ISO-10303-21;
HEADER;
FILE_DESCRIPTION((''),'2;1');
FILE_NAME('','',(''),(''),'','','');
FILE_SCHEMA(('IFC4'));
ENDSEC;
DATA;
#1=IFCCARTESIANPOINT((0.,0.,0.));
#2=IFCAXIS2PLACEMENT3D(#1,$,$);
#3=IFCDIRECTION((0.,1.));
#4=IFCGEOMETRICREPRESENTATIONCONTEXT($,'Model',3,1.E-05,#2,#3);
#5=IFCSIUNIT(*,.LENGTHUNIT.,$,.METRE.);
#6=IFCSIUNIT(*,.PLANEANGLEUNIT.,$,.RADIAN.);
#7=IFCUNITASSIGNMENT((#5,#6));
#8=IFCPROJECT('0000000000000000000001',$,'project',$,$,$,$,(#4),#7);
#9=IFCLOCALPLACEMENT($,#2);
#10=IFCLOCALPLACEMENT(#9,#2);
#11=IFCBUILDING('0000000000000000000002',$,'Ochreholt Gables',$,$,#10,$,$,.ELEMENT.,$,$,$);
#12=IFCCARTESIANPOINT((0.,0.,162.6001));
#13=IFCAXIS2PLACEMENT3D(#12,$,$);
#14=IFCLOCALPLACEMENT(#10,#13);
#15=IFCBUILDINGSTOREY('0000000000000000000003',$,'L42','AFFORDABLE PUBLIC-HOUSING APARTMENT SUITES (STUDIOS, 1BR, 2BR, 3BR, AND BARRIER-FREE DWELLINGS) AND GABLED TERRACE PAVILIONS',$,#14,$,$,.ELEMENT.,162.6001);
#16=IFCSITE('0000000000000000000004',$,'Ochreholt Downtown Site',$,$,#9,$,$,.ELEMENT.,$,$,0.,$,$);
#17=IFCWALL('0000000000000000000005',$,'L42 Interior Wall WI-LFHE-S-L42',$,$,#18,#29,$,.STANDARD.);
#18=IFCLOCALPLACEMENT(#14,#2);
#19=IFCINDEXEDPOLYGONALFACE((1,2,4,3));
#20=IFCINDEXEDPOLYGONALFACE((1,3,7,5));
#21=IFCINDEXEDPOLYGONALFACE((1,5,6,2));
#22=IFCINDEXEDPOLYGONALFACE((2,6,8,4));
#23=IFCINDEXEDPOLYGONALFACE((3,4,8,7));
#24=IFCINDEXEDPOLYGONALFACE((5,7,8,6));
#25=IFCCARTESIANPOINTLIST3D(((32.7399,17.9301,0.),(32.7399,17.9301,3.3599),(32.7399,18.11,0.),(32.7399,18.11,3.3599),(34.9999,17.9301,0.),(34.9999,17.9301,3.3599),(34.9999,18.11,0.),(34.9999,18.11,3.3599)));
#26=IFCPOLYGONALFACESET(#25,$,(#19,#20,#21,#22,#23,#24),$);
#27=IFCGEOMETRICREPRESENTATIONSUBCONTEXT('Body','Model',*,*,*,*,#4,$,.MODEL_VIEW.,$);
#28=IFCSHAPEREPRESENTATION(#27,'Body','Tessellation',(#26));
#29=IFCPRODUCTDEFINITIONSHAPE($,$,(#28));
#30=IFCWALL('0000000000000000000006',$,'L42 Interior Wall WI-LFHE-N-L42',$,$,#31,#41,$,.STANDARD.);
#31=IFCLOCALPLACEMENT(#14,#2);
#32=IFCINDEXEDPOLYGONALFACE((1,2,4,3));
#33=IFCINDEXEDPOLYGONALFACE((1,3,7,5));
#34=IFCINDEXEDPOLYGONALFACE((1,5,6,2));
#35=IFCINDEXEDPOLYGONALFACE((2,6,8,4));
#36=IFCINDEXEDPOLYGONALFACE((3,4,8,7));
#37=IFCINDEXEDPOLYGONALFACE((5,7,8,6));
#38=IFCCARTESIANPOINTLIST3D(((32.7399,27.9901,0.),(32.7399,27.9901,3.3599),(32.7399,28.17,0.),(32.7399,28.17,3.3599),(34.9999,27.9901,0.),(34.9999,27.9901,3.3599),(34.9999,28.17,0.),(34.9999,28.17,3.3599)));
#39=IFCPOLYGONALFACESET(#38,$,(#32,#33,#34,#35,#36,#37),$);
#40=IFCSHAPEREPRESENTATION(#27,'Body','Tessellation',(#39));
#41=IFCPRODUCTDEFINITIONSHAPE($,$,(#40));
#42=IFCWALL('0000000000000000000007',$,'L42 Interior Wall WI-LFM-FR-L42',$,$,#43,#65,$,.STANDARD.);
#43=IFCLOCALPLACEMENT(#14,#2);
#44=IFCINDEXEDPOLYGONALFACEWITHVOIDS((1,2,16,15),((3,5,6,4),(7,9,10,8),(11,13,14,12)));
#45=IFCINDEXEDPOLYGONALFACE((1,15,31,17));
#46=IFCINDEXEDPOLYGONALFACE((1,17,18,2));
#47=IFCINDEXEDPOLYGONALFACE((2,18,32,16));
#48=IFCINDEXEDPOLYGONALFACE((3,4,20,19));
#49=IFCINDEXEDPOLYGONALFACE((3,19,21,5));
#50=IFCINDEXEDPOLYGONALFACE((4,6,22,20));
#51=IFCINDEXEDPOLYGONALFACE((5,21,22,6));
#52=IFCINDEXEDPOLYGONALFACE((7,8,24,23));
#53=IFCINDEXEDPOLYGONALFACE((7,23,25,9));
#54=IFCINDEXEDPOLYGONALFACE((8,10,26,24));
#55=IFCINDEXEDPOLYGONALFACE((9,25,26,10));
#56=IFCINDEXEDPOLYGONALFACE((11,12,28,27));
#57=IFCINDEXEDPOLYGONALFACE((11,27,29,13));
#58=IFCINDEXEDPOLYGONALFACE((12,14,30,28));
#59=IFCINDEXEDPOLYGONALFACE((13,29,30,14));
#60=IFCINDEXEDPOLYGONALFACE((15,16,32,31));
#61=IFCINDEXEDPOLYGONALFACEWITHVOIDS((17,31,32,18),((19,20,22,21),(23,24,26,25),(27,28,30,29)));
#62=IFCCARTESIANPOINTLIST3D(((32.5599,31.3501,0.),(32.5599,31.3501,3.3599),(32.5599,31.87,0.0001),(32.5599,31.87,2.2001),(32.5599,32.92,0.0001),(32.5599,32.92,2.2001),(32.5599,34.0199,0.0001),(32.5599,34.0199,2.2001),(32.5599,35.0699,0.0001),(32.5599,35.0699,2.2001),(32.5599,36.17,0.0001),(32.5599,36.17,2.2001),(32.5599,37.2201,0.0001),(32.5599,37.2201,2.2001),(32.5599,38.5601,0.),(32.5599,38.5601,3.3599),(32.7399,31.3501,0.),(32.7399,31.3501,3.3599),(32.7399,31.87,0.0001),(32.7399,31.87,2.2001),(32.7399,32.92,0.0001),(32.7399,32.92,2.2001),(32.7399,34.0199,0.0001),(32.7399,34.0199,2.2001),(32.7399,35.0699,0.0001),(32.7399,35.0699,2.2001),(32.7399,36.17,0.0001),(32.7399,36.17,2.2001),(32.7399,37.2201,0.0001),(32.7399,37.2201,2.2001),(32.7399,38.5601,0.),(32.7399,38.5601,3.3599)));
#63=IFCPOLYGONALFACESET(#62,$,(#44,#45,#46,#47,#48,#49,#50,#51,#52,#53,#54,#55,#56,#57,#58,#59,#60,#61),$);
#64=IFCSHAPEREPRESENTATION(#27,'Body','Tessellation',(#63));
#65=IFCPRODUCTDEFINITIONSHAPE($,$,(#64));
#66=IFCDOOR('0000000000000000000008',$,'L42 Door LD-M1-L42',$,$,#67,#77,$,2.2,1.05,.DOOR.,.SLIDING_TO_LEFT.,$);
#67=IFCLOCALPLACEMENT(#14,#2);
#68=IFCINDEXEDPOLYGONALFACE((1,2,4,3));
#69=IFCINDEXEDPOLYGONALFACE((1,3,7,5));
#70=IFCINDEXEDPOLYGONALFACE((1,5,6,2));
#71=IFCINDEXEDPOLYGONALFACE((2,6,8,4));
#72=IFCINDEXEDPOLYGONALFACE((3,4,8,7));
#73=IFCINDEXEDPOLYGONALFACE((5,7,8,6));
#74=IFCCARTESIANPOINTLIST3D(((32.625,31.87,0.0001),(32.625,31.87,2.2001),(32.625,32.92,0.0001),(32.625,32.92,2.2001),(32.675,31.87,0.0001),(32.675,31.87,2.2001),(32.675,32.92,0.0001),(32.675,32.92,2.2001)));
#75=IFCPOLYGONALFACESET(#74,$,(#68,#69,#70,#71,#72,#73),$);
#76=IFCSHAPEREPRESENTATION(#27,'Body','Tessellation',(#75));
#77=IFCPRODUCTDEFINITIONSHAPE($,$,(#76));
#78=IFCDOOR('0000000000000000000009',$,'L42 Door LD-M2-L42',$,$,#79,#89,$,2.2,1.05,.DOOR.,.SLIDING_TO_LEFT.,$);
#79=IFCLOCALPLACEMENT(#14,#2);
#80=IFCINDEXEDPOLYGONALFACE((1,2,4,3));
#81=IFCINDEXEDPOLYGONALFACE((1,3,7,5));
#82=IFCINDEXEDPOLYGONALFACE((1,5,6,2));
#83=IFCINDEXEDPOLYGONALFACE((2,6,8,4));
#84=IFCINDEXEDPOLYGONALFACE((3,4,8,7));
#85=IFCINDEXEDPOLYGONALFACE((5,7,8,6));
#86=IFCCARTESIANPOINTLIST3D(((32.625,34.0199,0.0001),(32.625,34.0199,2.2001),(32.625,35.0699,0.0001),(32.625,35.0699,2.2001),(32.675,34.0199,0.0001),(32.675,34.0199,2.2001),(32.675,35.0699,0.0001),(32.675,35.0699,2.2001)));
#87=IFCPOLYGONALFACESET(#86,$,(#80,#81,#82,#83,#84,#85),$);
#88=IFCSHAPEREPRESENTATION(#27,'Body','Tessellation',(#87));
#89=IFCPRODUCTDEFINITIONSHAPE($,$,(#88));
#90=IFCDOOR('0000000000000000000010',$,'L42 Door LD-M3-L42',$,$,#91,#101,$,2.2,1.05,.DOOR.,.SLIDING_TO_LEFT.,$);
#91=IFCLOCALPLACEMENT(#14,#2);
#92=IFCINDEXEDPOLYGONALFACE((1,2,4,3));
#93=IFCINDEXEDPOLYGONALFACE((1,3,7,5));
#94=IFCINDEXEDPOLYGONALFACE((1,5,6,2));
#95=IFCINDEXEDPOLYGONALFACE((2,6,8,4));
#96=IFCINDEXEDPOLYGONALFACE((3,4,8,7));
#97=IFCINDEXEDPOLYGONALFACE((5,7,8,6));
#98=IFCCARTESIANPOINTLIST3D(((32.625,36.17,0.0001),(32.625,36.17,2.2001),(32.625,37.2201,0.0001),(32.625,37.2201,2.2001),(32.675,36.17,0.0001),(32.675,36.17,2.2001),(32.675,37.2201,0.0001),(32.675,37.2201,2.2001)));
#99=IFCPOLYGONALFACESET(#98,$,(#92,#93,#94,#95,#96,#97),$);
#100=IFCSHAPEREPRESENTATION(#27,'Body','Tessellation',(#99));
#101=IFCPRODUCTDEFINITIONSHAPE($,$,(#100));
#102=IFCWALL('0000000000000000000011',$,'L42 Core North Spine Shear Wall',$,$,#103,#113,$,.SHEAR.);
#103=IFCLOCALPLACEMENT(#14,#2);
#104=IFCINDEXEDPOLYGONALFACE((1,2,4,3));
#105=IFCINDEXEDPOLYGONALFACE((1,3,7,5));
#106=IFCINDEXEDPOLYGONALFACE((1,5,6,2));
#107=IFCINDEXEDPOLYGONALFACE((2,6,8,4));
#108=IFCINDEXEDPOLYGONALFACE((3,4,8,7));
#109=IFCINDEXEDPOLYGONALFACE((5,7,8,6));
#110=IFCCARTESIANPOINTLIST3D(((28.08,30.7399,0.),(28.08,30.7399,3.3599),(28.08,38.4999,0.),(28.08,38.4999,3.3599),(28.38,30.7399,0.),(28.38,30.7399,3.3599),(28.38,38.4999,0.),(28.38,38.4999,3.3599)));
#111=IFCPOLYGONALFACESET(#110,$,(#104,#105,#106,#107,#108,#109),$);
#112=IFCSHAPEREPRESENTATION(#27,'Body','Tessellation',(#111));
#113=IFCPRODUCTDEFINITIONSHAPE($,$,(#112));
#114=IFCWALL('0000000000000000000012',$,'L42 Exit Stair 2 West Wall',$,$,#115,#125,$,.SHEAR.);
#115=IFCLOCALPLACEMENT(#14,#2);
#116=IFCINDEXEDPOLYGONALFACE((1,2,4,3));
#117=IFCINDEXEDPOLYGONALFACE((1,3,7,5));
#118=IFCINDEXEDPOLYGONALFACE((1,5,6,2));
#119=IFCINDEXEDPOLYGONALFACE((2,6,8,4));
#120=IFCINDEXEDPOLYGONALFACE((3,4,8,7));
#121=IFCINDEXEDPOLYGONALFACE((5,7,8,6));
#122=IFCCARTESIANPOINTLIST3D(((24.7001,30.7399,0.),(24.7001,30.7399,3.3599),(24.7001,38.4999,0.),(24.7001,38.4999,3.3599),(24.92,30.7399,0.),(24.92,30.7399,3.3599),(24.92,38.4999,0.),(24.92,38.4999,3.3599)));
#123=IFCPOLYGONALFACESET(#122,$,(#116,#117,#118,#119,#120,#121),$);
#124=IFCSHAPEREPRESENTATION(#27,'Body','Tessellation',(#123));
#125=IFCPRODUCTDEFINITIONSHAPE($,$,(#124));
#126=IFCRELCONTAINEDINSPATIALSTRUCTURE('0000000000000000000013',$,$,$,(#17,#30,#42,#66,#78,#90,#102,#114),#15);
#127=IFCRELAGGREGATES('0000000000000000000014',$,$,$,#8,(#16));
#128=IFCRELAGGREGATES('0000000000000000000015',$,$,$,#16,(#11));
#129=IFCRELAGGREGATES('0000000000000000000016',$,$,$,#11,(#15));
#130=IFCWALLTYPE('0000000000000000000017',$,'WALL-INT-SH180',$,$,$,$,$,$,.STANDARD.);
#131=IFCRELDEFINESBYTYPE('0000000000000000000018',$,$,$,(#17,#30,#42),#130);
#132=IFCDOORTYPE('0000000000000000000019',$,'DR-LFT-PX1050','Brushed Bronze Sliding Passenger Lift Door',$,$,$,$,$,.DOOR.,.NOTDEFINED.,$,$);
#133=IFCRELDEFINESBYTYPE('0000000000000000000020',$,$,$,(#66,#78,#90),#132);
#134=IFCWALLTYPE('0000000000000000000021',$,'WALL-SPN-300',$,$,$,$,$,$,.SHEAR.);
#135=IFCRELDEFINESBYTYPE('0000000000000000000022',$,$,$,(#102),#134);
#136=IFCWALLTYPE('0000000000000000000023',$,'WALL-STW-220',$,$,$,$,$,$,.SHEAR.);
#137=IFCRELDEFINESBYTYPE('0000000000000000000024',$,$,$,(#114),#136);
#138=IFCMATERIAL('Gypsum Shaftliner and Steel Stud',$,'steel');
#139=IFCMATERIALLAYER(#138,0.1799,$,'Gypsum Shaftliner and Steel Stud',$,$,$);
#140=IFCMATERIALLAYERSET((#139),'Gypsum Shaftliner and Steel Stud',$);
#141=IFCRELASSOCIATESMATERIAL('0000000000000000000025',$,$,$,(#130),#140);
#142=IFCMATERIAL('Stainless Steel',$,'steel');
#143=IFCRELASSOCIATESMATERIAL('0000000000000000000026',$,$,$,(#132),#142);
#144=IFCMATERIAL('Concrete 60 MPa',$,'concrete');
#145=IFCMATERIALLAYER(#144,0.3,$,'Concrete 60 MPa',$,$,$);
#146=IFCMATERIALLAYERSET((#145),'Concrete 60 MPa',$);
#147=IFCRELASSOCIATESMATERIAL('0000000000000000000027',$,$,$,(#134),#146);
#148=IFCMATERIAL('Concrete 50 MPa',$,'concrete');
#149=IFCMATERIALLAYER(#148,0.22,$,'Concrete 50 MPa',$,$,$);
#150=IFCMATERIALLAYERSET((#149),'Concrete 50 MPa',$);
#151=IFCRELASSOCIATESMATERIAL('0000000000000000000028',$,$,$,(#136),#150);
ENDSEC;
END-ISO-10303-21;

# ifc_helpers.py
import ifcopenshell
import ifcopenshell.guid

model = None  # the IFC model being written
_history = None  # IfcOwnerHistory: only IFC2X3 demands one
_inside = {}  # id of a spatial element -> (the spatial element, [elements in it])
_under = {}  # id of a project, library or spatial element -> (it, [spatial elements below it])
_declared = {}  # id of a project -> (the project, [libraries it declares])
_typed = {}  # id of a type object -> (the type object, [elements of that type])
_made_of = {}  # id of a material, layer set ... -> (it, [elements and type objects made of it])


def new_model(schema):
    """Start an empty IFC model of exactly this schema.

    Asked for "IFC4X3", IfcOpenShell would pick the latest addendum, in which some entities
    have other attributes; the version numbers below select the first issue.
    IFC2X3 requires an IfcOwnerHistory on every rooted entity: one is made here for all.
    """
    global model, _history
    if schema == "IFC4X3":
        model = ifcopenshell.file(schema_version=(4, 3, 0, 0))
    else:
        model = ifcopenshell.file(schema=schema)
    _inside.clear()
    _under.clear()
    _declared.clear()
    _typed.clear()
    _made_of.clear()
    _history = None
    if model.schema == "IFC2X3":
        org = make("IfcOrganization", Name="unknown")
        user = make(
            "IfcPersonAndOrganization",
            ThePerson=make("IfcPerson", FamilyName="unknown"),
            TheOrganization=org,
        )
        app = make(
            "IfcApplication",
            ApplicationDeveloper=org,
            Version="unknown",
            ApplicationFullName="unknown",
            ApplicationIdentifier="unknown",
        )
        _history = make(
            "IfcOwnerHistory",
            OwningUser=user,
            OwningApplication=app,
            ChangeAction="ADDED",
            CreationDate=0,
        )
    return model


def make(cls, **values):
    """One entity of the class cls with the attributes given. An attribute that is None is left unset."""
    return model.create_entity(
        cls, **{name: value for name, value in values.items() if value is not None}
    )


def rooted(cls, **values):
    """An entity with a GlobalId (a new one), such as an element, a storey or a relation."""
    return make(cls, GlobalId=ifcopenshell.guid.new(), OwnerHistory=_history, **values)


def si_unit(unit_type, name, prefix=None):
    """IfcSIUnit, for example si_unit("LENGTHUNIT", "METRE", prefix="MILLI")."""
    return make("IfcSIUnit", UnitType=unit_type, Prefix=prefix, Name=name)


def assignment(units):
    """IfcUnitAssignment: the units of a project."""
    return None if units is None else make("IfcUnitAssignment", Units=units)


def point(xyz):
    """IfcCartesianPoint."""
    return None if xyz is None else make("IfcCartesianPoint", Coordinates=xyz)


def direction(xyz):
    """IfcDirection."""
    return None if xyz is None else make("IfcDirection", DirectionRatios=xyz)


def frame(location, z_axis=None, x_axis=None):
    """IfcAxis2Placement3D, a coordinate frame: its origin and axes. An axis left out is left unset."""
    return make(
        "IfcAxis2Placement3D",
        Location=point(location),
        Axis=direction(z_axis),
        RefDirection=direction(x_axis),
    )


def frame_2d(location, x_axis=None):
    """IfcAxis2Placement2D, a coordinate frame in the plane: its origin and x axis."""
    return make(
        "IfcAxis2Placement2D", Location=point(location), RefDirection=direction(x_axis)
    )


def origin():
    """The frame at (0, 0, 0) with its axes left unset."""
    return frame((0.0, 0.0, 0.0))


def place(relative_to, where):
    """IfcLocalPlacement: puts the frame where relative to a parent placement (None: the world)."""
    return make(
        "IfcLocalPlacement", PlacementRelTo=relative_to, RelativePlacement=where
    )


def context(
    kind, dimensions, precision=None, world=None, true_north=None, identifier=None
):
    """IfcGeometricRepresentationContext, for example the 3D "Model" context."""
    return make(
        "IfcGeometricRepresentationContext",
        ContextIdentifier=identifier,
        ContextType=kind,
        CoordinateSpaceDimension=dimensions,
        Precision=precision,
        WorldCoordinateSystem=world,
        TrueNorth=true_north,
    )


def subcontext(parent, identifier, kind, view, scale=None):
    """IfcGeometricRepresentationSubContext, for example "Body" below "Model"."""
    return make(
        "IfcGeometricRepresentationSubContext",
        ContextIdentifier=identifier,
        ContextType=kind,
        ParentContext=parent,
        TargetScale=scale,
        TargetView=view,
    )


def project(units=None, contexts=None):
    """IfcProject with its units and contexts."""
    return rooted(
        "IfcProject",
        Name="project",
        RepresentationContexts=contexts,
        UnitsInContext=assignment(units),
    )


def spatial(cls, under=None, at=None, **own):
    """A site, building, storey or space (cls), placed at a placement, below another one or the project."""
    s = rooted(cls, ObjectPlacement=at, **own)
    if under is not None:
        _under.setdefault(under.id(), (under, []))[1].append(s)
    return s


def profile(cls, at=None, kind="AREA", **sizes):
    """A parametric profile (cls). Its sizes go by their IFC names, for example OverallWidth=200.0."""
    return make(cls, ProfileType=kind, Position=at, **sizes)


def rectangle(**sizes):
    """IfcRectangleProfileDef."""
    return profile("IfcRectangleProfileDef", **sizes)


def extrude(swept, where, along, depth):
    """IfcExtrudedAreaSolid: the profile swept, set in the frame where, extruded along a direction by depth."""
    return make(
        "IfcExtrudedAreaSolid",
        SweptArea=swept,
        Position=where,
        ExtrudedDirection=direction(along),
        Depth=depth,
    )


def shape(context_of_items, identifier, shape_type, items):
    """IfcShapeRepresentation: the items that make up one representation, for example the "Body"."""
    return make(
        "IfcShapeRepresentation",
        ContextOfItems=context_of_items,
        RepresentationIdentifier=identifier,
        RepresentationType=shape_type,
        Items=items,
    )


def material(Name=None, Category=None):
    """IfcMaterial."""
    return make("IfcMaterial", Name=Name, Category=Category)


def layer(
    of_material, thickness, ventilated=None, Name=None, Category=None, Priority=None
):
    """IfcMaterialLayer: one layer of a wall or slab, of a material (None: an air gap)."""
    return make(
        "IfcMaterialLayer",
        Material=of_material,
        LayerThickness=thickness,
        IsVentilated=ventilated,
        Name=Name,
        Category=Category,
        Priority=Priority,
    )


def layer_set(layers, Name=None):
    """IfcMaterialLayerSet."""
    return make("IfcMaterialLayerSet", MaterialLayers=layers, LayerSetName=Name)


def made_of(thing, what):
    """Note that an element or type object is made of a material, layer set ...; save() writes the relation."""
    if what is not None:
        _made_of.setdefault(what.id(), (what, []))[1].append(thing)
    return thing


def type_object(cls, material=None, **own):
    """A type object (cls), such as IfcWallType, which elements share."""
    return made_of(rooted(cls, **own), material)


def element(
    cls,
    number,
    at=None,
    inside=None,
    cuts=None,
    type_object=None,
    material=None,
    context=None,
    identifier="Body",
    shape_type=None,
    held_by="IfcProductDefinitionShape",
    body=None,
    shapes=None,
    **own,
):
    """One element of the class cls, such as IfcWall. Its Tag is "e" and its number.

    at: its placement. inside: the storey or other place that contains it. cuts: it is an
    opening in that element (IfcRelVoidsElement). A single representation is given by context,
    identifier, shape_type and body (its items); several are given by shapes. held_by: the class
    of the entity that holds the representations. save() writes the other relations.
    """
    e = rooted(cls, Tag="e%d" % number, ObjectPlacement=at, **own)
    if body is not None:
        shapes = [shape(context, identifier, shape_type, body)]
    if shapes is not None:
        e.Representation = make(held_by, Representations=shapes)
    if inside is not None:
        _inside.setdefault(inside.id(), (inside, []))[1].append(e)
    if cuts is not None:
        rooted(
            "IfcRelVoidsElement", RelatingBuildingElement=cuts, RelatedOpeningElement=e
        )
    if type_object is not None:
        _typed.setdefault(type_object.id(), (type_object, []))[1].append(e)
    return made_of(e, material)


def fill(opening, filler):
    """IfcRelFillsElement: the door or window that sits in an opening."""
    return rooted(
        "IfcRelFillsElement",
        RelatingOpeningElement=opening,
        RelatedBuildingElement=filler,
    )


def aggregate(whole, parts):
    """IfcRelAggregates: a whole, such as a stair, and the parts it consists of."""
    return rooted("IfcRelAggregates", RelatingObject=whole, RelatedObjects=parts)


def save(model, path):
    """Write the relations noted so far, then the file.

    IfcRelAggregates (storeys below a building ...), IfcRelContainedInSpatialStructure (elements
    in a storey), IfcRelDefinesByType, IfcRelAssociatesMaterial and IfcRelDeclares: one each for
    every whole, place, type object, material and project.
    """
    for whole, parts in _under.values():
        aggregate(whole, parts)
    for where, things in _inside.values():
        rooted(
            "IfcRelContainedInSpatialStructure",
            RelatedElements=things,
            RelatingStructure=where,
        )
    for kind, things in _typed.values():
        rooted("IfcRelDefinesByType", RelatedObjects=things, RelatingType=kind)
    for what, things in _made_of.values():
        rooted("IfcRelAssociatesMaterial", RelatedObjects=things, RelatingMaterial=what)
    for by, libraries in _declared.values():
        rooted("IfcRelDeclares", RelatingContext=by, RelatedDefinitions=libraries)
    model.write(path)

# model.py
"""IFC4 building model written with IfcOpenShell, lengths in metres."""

from ifc_helpers import new_model, si_unit, direction, frame, frame_2d, origin, place, context, subcontext, project, spatial, rectangle, extrude, material, layer, layer_set, type_object, element, fill, save


model = new_model("IFC4")

# Units and contexts
model_context = context("Model", 3, precision=1e-05, world=origin(), true_north=direction((0.0, 1.0)))
body_context = subcontext(model_context, "Body", "Model", "MODEL_VIEW")
ifc_project = project(units=[si_unit("LENGTHUNIT", "METRE"), si_unit("PLANEANGLEUNIT", "RADIAN")], contexts=[model_context])

# Site, building, storey
site_placement = place(None, origin())
site = spatial("IfcSite", under=ifc_project, at=site_placement, Name="Ochreholt Downtown Site", CompositionType="ELEMENT", RefElevation=0.0)
building_placement = place(site_placement, origin())
building = spatial("IfcBuilding", under=site, at=building_placement, Name="Ochreholt Gables", CompositionType="ELEMENT")
storey_placement = place(building_placement, frame((0.0, 0.0, 162.6001)))
storey = spatial("IfcBuildingStorey", under=building, at=storey_placement, Name="L42", Description="AFFORDABLE PUBLIC-HOUSING APARTMENT SUITES (STUDIOS, 1BR, 2BR, 3BR, AND BARRIER-FREE DWELLINGS) AND GABLED TERRACE PAVILIONS", CompositionType="ELEMENT", Elevation=162.6001)

# Walls
ifc_material_1 = material(Name="Gypsum Shaftliner and Steel Stud", Category="steel")
ifc_layer_1 = layer(ifc_material_1, 0.1799, Name="Gypsum Shaftliner and Steel Stud")
ifc_layer_set_1 = layer_set([ifc_layer_1], Name="Gypsum Shaftliner and Steel Stud")
wall_type_1 = type_object("IfcWallType", Name="WALL-INT-SH180", PredefinedType="STANDARD", material=ifc_layer_set_1)
for number, where, z_axis, x_axis, name in (
    (1, (32.74, 18.02, 0.0), (0.0, 0.0, 1.0), (1.0, 0.0, 0.0), "L42 Interior Wall WI-LFHE-S-L42"),
    (2, (32.74, 28.0801, 0.0), (0.0, 0.0, 1.0), (1.0, 0.0, 0.0), "L42 Interior Wall WI-LFHE-N-L42"),
):
    element("IfcWall", number, at=place(storey_placement, frame(where, z_axis=z_axis, x_axis=x_axis)), inside=storey, type_object=wall_type_1, Name=name, PredefinedType="STANDARD", context=body_context, shape_type="SweptSolid", body=[
        extrude(rectangle(XDim=2.26, YDim=0.1799, at=frame_2d((1.1299, 0.0))), origin(), (0.0, 0.0, 1.0), 3.3599),
    ])

# Wall, openings, doors
wall_1_placement = place(storey_placement, frame((32.6499, 31.3501, 0.0), z_axis=(0.0, 0.0, 1.0), x_axis=(0.0, 1.0, 0.0)))
wall_1 = element("IfcWall", 3, at=wall_1_placement, inside=storey, type_object=wall_type_1, Name="L42 Interior Wall WI-LFM-FR-L42", PredefinedType="STANDARD", context=body_context, shape_type="SweptSolid", body=[
    extrude(rectangle(XDim=7.21, YDim=0.1799, at=frame_2d((3.605, 0.0))), origin(), (0.0, 0.0, 1.0), 3.3599),
])
opening_1_placement = place(wall_1_placement, frame((0.52, 0.0, 0.0)))
opening_1 = element("IfcOpeningElement", 4, at=opening_1_placement, cuts=wall_1, PredefinedType="OPENING", context=body_context, shape_type="SweptSolid", body=[
    extrude(rectangle(XDim=1.05, YDim=2.2, at=frame_2d((0.5249, 1.1001))), frame((0.0, 0.0999, 0.0), z_axis=(0.0, -1.0, 0.0), x_axis=(1.0, 0.0, 0.0)), (0.0, 0.0, 1.0), 0.2),
])
opening_2_placement = place(wall_1_placement, frame((2.6699, 0.0, 0.0)))
opening_2 = element("IfcOpeningElement", 5, at=opening_2_placement, cuts=wall_1, PredefinedType="OPENING", context=body_context, shape_type="SweptSolid", body=[
    extrude(rectangle(XDim=1.05, YDim=2.2, at=frame_2d((0.5249, 1.1001))), frame((0.0, 0.0999, 0.0), z_axis=(0.0, -1.0, 0.0), x_axis=(1.0, 0.0, 0.0)), (0.0, 0.0, 1.0), 0.2),
])
opening_3_placement = place(wall_1_placement, frame((4.8201, 0.0, 0.0)))
opening_3 = element("IfcOpeningElement", 6, at=opening_3_placement, cuts=wall_1, PredefinedType="OPENING", context=body_context, shape_type="SweptSolid", body=[
    extrude(rectangle(XDim=1.05, YDim=2.2, at=frame_2d((0.5249, 1.1001))), frame((0.0, 0.0999, 0.0), z_axis=(0.0, -1.0, 0.0), x_axis=(1.0, 0.0, 0.0)), (0.0, 0.0, 1.0), 0.2),
])
ifc_material_2 = material(Name="Stainless Steel", Category="steel")
door_type_1 = type_object("IfcDoorType", Name="DR-LFT-PX1050", Description="Brushed Bronze Sliding Passenger Lift Door", OperationType="NOTDEFINED", PredefinedType="DOOR", material=ifc_material_2)
door_1_placement = place(opening_1_placement, origin())
door_1 = element("IfcDoor", 7, at=door_1_placement, inside=storey, type_object=door_type_1, Name="L42 Door LD-M1-L42", OperationType="SLIDING_TO_LEFT", OverallHeight=2.2, OverallWidth=1.05, PredefinedType="DOOR", context=body_context, shape_type="SweptSolid", body=[
    extrude(rectangle(XDim=1.05, YDim=2.2, at=frame_2d((0.5249, 1.1001))), frame((0.0, 0.0249, 0.0), z_axis=(0.0, -1.0, 0.0), x_axis=(1.0, 0.0, 0.0)), (0.0, 0.0, 1.0), 0.05),
])
fill(opening_1, door_1)
door_2_placement = place(opening_2_placement, origin())
door_2 = element("IfcDoor", 8, at=door_2_placement, inside=storey, type_object=door_type_1, Name="L42 Door LD-M2-L42", OperationType="SLIDING_TO_LEFT", OverallHeight=2.2, OverallWidth=1.05, PredefinedType="DOOR", context=body_context, shape_type="SweptSolid", body=[
    extrude(rectangle(XDim=1.05, YDim=2.2, at=frame_2d((0.5249, 1.1001))), frame((0.0, 0.0249, 0.0), z_axis=(0.0, -1.0, 0.0), x_axis=(1.0, 0.0, 0.0)), (0.0, 0.0, 1.0), 0.05),
])
fill(opening_2, door_2)
door_3_placement = place(opening_3_placement, origin())
door_3 = element("IfcDoor", 9, at=door_3_placement, inside=storey, type_object=door_type_1, Name="L42 Door LD-M3-L42", OperationType="SLIDING_TO_LEFT", OverallHeight=2.2, OverallWidth=1.05, PredefinedType="DOOR", context=body_context, shape_type="SweptSolid", body=[
    extrude(rectangle(XDim=1.05, YDim=2.2, at=frame_2d((0.5249, 1.1001))), frame((0.0, 0.0249, 0.0), z_axis=(0.0, -1.0, 0.0), x_axis=(1.0, 0.0, 0.0)), (0.0, 0.0, 1.0), 0.05),
])
fill(opening_3, door_3)

# Walls
ifc_material_3 = material(Name="Concrete 60 MPa", Category="concrete")
ifc_layer_2 = layer(ifc_material_3, 0.3, Name="Concrete 60 MPa")
ifc_layer_set_2 = layer_set([ifc_layer_2], Name="Concrete 60 MPa")
wall_type_2 = type_object("IfcWallType", Name="WALL-SPN-300", PredefinedType="SHEAR", material=ifc_layer_set_2)
wall_2_placement = place(storey_placement, frame((28.23, 30.74, 0.0), z_axis=(0.0, 0.0, 1.0), x_axis=(0.0, 1.0, 0.0)))
element("IfcWall", 10, at=wall_2_placement, inside=storey, type_object=wall_type_2, Name="L42 Core North Spine Shear Wall", PredefinedType="SHEAR", context=body_context, shape_type="SweptSolid", body=[
    extrude(rectangle(XDim=7.76, YDim=0.3, at=frame_2d((3.8799, 0.0))), origin(), (0.0, 0.0, 1.0), 3.3599),
])
ifc_material_4 = material(Name="Concrete 50 MPa", Category="concrete")
ifc_layer_3 = layer(ifc_material_4, 0.22, Name="Concrete 50 MPa")
ifc_layer_set_3 = layer_set([ifc_layer_3], Name="Concrete 50 MPa")
wall_type_3 = type_object("IfcWallType", Name="WALL-STW-220", PredefinedType="SHEAR", material=ifc_layer_set_3)
wall_3_placement = place(storey_placement, frame((24.8101, 30.74, 0.0), z_axis=(0.0, 0.0, 1.0), x_axis=(0.0, 1.0, 0.0)))
element("IfcWall", 11, at=wall_3_placement, inside=storey, type_object=wall_type_3, Name="L42 Exit Stair 2 West Wall", PredefinedType="SHEAR", context=body_context, shape_type="SweptSolid", body=[
    extrude(rectangle(XDim=7.76, YDim=0.22, at=frame_2d((3.8799, 0.0))), origin(), (0.0, 0.0, 1.0), 3.3599),
])

save(model, "model.ifc")
